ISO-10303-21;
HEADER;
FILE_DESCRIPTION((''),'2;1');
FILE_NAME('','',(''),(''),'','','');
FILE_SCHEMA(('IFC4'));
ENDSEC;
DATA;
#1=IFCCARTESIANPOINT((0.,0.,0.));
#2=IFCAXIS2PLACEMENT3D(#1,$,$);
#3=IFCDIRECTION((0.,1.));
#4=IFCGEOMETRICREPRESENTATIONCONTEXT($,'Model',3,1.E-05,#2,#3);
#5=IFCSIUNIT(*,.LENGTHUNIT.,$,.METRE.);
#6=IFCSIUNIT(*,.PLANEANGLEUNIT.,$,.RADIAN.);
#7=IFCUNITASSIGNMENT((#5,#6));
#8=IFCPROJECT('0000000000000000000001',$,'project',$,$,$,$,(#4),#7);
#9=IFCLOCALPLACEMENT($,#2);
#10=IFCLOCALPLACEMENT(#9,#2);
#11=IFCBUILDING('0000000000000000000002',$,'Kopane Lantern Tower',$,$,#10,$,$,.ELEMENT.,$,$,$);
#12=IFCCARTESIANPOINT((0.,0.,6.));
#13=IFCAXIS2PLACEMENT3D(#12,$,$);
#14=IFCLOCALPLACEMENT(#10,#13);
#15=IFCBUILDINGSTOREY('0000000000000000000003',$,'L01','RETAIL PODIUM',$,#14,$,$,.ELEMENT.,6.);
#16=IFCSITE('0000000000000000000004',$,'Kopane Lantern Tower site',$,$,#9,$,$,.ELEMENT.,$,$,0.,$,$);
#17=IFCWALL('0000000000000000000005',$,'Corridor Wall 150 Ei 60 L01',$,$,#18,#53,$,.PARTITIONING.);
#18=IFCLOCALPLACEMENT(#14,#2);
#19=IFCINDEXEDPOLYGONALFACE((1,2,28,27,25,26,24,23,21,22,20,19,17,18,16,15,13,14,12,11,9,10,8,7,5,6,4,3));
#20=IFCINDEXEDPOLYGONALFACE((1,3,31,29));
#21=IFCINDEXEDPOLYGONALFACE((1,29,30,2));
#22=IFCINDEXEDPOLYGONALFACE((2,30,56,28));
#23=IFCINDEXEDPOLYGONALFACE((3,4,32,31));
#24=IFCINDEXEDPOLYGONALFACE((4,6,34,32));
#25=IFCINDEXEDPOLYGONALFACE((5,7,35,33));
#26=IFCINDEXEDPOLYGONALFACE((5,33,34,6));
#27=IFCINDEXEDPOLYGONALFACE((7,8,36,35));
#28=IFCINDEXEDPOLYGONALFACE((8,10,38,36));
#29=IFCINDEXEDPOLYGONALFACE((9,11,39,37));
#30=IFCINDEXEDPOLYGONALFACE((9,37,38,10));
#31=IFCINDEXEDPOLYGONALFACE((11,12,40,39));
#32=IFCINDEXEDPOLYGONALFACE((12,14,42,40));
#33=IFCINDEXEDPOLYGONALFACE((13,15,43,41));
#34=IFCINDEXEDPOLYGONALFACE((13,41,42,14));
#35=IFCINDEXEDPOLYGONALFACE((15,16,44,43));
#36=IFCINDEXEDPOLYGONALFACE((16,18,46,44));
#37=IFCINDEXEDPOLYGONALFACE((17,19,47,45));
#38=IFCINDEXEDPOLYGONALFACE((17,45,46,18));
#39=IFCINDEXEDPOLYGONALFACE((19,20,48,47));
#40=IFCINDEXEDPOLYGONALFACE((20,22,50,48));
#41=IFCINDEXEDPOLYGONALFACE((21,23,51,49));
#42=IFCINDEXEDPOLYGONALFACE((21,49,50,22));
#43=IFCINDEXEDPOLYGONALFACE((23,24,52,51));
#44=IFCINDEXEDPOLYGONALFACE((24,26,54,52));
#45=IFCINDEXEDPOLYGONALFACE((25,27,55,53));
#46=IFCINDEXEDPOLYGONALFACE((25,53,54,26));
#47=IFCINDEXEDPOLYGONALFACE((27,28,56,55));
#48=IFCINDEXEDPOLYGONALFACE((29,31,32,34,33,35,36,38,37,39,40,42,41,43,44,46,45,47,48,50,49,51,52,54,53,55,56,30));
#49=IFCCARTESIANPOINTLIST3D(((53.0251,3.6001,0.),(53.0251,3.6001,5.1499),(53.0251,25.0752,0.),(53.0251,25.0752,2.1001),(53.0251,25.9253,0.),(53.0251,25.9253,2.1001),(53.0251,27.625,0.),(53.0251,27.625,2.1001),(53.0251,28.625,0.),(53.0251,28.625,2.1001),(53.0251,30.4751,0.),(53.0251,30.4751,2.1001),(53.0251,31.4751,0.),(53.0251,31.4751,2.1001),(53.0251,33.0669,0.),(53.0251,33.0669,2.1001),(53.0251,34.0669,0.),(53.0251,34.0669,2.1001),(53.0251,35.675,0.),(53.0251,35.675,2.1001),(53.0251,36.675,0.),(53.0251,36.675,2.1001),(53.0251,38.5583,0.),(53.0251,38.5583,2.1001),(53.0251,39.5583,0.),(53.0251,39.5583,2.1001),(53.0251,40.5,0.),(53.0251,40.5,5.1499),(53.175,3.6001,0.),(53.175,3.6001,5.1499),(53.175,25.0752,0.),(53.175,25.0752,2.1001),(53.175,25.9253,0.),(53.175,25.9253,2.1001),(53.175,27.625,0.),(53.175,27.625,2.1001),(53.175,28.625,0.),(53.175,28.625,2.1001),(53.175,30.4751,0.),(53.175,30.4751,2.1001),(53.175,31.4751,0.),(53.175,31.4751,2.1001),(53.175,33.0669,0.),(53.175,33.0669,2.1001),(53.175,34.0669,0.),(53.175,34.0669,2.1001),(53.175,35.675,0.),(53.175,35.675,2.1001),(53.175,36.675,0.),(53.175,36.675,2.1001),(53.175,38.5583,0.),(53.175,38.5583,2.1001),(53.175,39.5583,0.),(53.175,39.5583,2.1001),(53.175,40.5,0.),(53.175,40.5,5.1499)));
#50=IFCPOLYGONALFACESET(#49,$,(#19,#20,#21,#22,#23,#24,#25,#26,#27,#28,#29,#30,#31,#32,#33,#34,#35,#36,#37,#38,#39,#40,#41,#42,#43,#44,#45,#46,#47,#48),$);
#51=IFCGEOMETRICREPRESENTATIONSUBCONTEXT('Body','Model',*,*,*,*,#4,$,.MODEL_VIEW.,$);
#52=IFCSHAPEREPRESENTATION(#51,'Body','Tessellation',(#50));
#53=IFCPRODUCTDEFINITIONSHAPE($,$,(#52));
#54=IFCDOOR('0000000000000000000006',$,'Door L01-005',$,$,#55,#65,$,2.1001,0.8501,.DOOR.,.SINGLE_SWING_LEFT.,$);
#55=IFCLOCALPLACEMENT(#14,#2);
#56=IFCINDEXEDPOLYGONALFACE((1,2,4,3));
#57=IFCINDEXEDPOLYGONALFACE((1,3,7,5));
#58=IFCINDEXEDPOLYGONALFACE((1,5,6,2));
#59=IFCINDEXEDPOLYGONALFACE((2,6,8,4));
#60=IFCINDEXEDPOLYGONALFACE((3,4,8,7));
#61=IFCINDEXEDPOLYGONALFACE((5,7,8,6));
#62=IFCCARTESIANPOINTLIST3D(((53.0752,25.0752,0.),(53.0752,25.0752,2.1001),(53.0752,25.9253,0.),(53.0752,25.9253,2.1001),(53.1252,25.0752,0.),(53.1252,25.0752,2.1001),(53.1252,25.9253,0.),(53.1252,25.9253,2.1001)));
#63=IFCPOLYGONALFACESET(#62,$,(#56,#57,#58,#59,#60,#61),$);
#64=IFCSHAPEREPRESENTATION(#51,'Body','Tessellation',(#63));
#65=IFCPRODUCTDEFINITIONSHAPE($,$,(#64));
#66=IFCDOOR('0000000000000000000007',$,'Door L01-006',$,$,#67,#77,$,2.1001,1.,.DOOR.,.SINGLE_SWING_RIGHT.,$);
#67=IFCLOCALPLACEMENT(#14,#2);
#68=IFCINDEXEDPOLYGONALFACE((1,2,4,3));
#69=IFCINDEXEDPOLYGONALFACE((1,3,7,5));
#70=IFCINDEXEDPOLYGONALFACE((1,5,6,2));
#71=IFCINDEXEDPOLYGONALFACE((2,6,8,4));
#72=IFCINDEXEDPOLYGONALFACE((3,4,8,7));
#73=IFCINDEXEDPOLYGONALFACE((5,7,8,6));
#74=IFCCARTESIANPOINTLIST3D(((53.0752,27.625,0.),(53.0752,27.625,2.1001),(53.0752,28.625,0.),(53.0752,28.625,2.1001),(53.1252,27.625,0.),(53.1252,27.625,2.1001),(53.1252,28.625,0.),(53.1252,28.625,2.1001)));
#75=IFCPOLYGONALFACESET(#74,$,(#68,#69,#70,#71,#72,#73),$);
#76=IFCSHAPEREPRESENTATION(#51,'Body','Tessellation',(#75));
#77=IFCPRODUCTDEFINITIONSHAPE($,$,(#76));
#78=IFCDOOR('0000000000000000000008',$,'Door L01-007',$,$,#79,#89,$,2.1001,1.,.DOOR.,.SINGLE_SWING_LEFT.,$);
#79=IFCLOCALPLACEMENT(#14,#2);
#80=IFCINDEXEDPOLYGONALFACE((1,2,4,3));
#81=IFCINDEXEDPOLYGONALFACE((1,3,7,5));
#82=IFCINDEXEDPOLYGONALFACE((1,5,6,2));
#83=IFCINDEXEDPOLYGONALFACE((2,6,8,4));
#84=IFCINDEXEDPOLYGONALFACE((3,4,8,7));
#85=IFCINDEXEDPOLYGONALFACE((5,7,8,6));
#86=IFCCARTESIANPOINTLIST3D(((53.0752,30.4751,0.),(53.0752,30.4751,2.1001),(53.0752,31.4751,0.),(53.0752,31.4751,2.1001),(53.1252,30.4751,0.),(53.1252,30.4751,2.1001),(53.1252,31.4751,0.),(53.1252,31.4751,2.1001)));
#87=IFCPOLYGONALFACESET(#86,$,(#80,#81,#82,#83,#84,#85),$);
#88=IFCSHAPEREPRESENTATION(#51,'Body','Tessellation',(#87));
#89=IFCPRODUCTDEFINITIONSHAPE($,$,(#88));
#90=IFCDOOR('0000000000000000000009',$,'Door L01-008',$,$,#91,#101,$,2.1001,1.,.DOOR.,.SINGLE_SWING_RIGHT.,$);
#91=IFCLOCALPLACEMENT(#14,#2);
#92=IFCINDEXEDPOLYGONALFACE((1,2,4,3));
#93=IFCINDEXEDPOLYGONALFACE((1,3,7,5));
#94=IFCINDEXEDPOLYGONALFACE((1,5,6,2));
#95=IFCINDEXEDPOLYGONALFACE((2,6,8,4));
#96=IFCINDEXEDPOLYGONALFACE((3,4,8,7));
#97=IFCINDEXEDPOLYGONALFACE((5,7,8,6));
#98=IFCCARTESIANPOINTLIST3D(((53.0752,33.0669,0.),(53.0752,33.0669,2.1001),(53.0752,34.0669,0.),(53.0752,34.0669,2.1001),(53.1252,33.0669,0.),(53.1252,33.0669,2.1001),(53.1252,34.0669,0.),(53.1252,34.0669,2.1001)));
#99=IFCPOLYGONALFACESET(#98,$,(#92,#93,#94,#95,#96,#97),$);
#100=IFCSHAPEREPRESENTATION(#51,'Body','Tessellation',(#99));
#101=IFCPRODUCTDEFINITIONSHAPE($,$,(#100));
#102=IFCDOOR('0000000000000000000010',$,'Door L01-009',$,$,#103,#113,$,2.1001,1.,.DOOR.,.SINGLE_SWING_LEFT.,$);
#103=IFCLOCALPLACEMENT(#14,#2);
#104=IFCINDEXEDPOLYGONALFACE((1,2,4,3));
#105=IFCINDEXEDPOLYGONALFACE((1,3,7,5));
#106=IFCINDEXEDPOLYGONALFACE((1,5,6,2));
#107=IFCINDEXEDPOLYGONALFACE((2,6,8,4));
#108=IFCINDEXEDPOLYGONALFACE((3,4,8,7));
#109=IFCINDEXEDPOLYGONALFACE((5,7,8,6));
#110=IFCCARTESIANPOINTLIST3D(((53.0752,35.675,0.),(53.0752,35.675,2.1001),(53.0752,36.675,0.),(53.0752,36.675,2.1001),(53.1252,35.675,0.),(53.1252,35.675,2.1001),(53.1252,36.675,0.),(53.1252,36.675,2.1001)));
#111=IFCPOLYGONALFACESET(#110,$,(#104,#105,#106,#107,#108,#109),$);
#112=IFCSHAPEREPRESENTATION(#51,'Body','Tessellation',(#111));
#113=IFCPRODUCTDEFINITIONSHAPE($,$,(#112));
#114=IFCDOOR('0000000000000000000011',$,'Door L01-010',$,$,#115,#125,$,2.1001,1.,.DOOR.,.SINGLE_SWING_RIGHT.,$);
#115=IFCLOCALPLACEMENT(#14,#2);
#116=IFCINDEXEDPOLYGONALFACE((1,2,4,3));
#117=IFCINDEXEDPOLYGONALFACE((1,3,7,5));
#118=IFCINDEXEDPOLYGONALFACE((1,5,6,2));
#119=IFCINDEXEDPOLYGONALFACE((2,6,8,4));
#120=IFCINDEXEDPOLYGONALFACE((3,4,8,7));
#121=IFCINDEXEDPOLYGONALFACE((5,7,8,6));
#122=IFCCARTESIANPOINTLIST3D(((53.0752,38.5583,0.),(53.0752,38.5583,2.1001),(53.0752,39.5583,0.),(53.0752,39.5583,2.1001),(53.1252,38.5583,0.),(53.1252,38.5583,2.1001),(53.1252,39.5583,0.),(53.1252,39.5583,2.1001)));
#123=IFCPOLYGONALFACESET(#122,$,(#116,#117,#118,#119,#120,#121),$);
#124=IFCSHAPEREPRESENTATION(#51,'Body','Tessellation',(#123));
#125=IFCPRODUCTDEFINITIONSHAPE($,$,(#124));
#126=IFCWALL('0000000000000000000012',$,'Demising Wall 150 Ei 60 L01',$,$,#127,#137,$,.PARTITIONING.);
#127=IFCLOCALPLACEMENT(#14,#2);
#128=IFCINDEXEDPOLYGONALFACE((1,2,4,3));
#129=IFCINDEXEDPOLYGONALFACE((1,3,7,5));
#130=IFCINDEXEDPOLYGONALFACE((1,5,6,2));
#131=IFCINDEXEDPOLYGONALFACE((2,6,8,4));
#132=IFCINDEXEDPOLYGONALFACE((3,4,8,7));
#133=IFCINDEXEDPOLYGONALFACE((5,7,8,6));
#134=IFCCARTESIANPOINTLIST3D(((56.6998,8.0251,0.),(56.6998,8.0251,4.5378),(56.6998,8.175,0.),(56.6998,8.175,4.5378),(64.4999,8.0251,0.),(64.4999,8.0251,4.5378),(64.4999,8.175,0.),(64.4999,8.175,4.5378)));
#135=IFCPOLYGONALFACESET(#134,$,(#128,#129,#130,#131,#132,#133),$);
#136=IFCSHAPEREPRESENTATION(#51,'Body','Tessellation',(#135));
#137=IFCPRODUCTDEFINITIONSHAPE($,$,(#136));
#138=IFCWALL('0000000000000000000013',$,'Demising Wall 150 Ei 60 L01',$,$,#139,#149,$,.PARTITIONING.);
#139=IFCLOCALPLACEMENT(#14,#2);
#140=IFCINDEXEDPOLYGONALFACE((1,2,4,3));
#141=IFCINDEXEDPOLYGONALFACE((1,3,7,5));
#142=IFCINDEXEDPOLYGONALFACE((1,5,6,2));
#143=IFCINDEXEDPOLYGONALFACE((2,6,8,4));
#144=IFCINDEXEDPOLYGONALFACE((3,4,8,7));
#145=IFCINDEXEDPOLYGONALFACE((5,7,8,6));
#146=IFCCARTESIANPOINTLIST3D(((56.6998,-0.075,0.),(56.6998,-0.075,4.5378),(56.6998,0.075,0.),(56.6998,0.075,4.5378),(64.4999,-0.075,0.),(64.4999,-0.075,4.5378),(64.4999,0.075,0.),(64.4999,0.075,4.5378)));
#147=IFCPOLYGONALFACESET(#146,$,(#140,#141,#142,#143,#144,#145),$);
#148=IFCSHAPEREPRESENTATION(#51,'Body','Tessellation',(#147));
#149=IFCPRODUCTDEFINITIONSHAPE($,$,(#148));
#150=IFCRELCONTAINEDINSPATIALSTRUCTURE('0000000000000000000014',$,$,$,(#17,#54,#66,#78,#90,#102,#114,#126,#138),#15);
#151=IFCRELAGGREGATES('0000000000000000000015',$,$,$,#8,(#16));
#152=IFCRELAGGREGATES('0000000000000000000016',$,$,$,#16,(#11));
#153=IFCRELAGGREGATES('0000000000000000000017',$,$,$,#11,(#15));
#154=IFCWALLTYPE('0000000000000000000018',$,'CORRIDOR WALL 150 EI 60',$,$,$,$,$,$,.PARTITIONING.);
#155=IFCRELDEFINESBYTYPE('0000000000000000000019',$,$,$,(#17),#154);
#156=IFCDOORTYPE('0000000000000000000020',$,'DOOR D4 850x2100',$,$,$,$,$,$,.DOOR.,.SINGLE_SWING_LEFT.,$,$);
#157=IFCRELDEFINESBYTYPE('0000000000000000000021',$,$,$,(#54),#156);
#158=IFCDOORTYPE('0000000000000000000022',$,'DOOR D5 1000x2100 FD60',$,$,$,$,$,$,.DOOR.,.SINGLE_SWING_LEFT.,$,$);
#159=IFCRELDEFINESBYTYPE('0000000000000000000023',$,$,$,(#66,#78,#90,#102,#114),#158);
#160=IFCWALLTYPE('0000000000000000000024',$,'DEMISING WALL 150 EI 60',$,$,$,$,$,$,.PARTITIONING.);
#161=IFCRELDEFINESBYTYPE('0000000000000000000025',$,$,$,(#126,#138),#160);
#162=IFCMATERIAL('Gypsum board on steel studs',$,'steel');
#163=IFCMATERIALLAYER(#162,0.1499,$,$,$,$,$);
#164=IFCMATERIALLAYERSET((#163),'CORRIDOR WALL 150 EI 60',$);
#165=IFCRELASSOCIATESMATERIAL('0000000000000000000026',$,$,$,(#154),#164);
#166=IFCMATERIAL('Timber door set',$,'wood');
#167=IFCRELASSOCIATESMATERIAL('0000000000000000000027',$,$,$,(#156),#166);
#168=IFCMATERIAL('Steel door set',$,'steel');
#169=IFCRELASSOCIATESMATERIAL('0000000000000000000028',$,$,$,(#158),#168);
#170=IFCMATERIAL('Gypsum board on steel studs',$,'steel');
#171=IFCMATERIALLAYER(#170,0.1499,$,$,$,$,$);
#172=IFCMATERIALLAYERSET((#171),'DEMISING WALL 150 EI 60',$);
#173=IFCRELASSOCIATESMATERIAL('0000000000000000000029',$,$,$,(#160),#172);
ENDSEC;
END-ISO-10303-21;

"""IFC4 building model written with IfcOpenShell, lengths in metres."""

from ifc_helpers import new_model, si_unit, direction, frame, frame_2d, origin, place, context, subcontext, project, spatial, rectangle, extrude, material, layer, layer_set, type_object, element, fill, save


model = new_model("IFC4")

# Units and contexts
model_context = context("Model", 3, precision=1e-05, world=origin(), true_north=direction((0.0, 1.0)))
body_context = subcontext(model_context, "Body", "Model", "MODEL_VIEW")
ifc_project = project(units=[si_unit("LENGTHUNIT", "METRE"), si_unit("PLANEANGLEUNIT", "RADIAN")], contexts=[model_context])

# Site, building, storey
site_placement = place(None, origin())
site = spatial("IfcSite", under=ifc_project, at=site_placement, Name="Kopane Lantern Tower site", CompositionType="ELEMENT", RefElevation=0.0)
building_placement = place(site_placement, origin())
building = spatial("IfcBuilding", under=site, at=building_placement, Name="Kopane Lantern Tower", CompositionType="ELEMENT")
storey_placement = place(building_placement, frame((0.0, 0.0, 6.0)))
storey = spatial("IfcBuildingStorey", under=building, at=storey_placement, Name="L01", Description="RETAIL PODIUM", CompositionType="ELEMENT", Elevation=6.0)

# Wall, openings, doors
ifc_material_1 = material(Name="Gypsum board on steel studs", Category="steel")
ifc_layer_1 = layer(ifc_material_1, 0.1499)
ifc_layer_set_1 = layer_set([ifc_layer_1], Name="CORRIDOR WALL 150 EI 60")
wall_type_1 = type_object("IfcWallType", Name="CORRIDOR WALL 150 EI 60", PredefinedType="PARTITIONING", material=ifc_layer_set_1)
wall_1_placement = place(storey_placement, frame((53.1001, 3.6001, 0.0), z_axis=(0.0, 0.0, 1.0), x_axis=(0.0, 1.0, 0.0)))
wall_1 = element("IfcWall", 1, at=wall_1_placement, inside=storey, type_object=wall_type_1, Name="Corridor Wall 150 Ei 60 L01", PredefinedType="PARTITIONING", context=body_context, shape_type="SweptSolid", body=[
    extrude(rectangle(XDim=36.8999, YDim=0.1499, at=frame_2d((18.45, 0.0))), origin(), (0.0, 0.0, 1.0), 5.1499),
])
opening_1_placement = place(wall_1_placement, frame((21.4751, 0.0, 0.0)))
opening_1 = element("IfcOpeningElement", 2, at=opening_1_placement, cuts=wall_1, PredefinedType="OPENING", context=body_context, shape_type="SweptSolid", body=[
    extrude(rectangle(XDim=0.8501, YDim=2.1001, at=frame_2d((0.425, 1.05))), frame((0.0, 0.085, 0.0), z_axis=(0.0, -1.0, 0.0), x_axis=(1.0, 0.0, 0.0)), (0.0, 0.0, 1.0), 0.1699),
])
opening_2_placement = place(wall_1_placement, frame((24.0249, 0.0, 0.0)))
opening_2 = element("IfcOpeningElement", 3, at=opening_2_placement, cuts=wall_1, PredefinedType="OPENING", context=body_context, shape_type="SweptSolid", body=[
    extrude(rectangle(XDim=1.0, YDim=2.1001, at=frame_2d((0.5, 1.05))), frame((0.0, 0.085, 0.0), z_axis=(0.0, -1.0, 0.0), x_axis=(1.0, 0.0, 0.0)), (0.0, 0.0, 1.0), 0.1699),
])
opening_3_placement = place(wall_1_placement, frame((26.875, 0.0, 0.0)))
opening_3 = element("IfcOpeningElement", 4, at=opening_3_placement, cuts=wall_1, PredefinedType="OPENING", context=body_context, shape_type="SweptSolid", body=[
    extrude(rectangle(XDim=1.0, YDim=2.1001, at=frame_2d((0.5, 1.05))), frame((0.0, 0.085, 0.0), z_axis=(0.0, -1.0, 0.0), x_axis=(1.0, 0.0, 0.0)), (0.0, 0.0, 1.0), 0.1699),
])
opening_4_placement = place(wall_1_placement, frame((29.4668, 0.0, 0.0)))
opening_4 = element("IfcOpeningElement", 5, at=opening_4_placement, cuts=wall_1, PredefinedType="OPENING", context=body_context, shape_type="SweptSolid", body=[
    extrude(rectangle(XDim=1.0, YDim=2.1001, at=frame_2d((0.5, 1.05))), frame((0.0, 0.085, 0.0), z_axis=(0.0, -1.0, 0.0), x_axis=(1.0, 0.0, 0.0)), (0.0, 0.0, 1.0), 0.1699),
])
opening_5_placement = place(wall_1_placement, frame((32.075, 0.0, 0.0)))
opening_5 = element("IfcOpeningElement", 6, at=opening_5_placement, cuts=wall_1, PredefinedType="OPENING", context=body_context, shape_type="SweptSolid", body=[
    extrude(rectangle(XDim=1.0, YDim=2.1001, at=frame_2d((0.5, 1.05))), frame((0.0, 0.085, 0.0), z_axis=(0.0, -1.0, 0.0), x_axis=(1.0, 0.0, 0.0)), (0.0, 0.0, 1.0), 0.1699),
])
opening_6_placement = place(wall_1_placement, frame((34.9583, 0.0, 0.0)))
opening_6 = element("IfcOpeningElement", 7, at=opening_6_placement, cuts=wall_1, PredefinedType="OPENING", context=body_context, shape_type="SweptSolid", body=[
    extrude(rectangle(XDim=1.0, YDim=2.1001, at=frame_2d((0.5, 1.05))), frame((0.0, 0.085, 0.0), z_axis=(0.0, -1.0, 0.0), x_axis=(1.0, 0.0, 0.0)), (0.0, 0.0, 1.0), 0.1699),
])
ifc_material_2 = material(Name="Timber door set", Category="wood")
door_type_1 = type_object("IfcDoorType", Name="DOOR D4 850x2100", OperationType="SINGLE_SWING_LEFT", PredefinedType="DOOR", material=ifc_material_2)
door_1_placement = place(opening_1_placement, origin())
door_1 = element("IfcDoor", 8, at=door_1_placement, inside=storey, type_object=door_type_1, Name="Door L01-005", OperationType="SINGLE_SWING_LEFT", OverallHeight=2.1001, OverallWidth=0.8501, PredefinedType="DOOR", context=body_context, shape_type="SweptSolid", body=[
    extrude(rectangle(XDim=0.8501, YDim=2.1001, at=frame_2d((0.425, 1.05))), frame((0.0, 0.0249, 0.0), z_axis=(0.0, -1.0, 0.0), x_axis=(1.0, 0.0, 0.0)), (0.0, 0.0, 1.0), 0.05),
])
fill(opening_1, door_1)
ifc_material_3 = material(Name="Steel door set", Category="steel")
door_type_2 = type_object("IfcDoorType", Name="DOOR D5 1000x2100 FD60", OperationType="SINGLE_SWING_LEFT", PredefinedType="DOOR", material=ifc_material_3)
door_2_placement = place(opening_2_placement, origin())
door_2 = element("IfcDoor", 9, at=door_2_placement, inside=storey, type_object=door_type_2, Name="Door L01-006", OperationType="SINGLE_SWING_RIGHT", OverallHeight=2.1001, OverallWidth=1.0, PredefinedType="DOOR", context=body_context, shape_type="SweptSolid", body=[
    extrude(rectangle(XDim=1.0, YDim=2.1001, at=frame_2d((0.5, 1.05))), frame((0.0, 0.0249, 0.0), z_axis=(0.0, -1.0, 0.0), x_axis=(1.0, 0.0, 0.0)), (0.0, 0.0, 1.0), 0.05),
])
fill(opening_2, door_2)
door_3_placement = place(opening_3_placement, origin())
door_3 = element("IfcDoor", 10, at=door_3_placement, inside=storey, type_object=door_type_2, Name="Door L01-007", OperationType="SINGLE_SWING_LEFT", OverallHeight=2.1001, OverallWidth=1.0, PredefinedType="DOOR", context=body_context, shape_type="SweptSolid", body=[
    extrude(rectangle(XDim=1.0, YDim=2.1001, at=frame_2d((0.5, 1.05))), frame((0.0, 0.0249, 0.0), z_axis=(0.0, -1.0, 0.0), x_axis=(1.0, 0.0, 0.0)), (0.0, 0.0, 1.0), 0.05),
])
fill(opening_3, door_3)
door_4_placement = place(opening_4_placement, origin())
door_4 = element("IfcDoor", 11, at=door_4_placement, inside=storey, type_object=door_type_2, Name="Door L01-008", OperationType="SINGLE_SWING_RIGHT", OverallHeight=2.1001, OverallWidth=1.0, PredefinedType="DOOR", context=body_context, shape_type="SweptSolid", body=[
    extrude(rectangle(XDim=1.0, YDim=2.1001, at=frame_2d((0.5, 1.05))), frame((0.0, 0.0249, 0.0), z_axis=(0.0, -1.0, 0.0), x_axis=(1.0, 0.0, 0.0)), (0.0, 0.0, 1.0), 0.05),
])
fill(opening_4, door_4)
door_5_placement = place(opening_5_placement, origin())
door_5 = element("IfcDoor", 12, at=door_5_placement, inside=storey, type_object=door_type_2, Name="Door L01-009", OperationType="SINGLE_SWING_LEFT", OverallHeight=2.1001, OverallWidth=1.0, PredefinedType="DOOR", context=body_context, shape_type="SweptSolid", body=[
    extrude(rectangle(XDim=1.0, YDim=2.1001, at=frame_2d((0.5, 1.05))), frame((0.0, 0.0249, 0.0), z_axis=(0.0, -1.0, 0.0), x_axis=(1.0, 0.0, 0.0)), (0.0, 0.0, 1.0), 0.05),
])
fill(opening_5, door_5)
door_6_placement = place(opening_6_placement, origin())
door_6 = element("IfcDoor", 13, at=door_6_placement, inside=storey, type_object=door_type_2, Name="Door L01-010", OperationType="SINGLE_SWING_RIGHT", OverallHeight=2.1001, OverallWidth=1.0, PredefinedType="DOOR", context=body_context, shape_type="SweptSolid", body=[
    extrude(rectangle(XDim=1.0, YDim=2.1001, at=frame_2d((0.5, 1.05))), frame((0.0, 0.0249, 0.0), z_axis=(0.0, -1.0, 0.0), x_axis=(1.0, 0.0, 0.0)), (0.0, 0.0, 1.0), 0.05),
])
fill(opening_6, door_6)

# Walls
ifc_material_4 = material(Name="Gypsum board on steel studs", Category="steel")
ifc_layer_2 = layer(ifc_material_4, 0.1499)
ifc_layer_set_2 = layer_set([ifc_layer_2], Name="DEMISING WALL 150 EI 60")
wall_type_2 = type_object("IfcWallType", Name="DEMISING WALL 150 EI 60", PredefinedType="PARTITIONING", material=ifc_layer_set_2)
for number, where, z_axis, x_axis, name in (
    (14, (56.7, 8.1001, 0.0), (0.0, 0.0, 1.0), (1.0, 0.0, 0.0), "Demising Wall 150 Ei 60 L01"),
    (15, (56.7, 0.0, 0.0), (0.0, 0.0, 1.0), (1.0, 0.0, 0.0), "Demising Wall 150 Ei 60 L01"),
):
    element("IfcWall", number, at=place(storey_placement, frame(where, z_axis=z_axis, x_axis=x_axis)), inside=storey, type_object=wall_type_2, Name=name, PredefinedType="PARTITIONING", context=body_context, shape_type="SweptSolid", body=[
        extrude(rectangle(XDim=7.8, YDim=0.1499, at=frame_2d((3.8999, 0.0))), origin(), (0.0, 0.0, 1.0), 4.5378),
    ])

save(model, "model.ifc")
